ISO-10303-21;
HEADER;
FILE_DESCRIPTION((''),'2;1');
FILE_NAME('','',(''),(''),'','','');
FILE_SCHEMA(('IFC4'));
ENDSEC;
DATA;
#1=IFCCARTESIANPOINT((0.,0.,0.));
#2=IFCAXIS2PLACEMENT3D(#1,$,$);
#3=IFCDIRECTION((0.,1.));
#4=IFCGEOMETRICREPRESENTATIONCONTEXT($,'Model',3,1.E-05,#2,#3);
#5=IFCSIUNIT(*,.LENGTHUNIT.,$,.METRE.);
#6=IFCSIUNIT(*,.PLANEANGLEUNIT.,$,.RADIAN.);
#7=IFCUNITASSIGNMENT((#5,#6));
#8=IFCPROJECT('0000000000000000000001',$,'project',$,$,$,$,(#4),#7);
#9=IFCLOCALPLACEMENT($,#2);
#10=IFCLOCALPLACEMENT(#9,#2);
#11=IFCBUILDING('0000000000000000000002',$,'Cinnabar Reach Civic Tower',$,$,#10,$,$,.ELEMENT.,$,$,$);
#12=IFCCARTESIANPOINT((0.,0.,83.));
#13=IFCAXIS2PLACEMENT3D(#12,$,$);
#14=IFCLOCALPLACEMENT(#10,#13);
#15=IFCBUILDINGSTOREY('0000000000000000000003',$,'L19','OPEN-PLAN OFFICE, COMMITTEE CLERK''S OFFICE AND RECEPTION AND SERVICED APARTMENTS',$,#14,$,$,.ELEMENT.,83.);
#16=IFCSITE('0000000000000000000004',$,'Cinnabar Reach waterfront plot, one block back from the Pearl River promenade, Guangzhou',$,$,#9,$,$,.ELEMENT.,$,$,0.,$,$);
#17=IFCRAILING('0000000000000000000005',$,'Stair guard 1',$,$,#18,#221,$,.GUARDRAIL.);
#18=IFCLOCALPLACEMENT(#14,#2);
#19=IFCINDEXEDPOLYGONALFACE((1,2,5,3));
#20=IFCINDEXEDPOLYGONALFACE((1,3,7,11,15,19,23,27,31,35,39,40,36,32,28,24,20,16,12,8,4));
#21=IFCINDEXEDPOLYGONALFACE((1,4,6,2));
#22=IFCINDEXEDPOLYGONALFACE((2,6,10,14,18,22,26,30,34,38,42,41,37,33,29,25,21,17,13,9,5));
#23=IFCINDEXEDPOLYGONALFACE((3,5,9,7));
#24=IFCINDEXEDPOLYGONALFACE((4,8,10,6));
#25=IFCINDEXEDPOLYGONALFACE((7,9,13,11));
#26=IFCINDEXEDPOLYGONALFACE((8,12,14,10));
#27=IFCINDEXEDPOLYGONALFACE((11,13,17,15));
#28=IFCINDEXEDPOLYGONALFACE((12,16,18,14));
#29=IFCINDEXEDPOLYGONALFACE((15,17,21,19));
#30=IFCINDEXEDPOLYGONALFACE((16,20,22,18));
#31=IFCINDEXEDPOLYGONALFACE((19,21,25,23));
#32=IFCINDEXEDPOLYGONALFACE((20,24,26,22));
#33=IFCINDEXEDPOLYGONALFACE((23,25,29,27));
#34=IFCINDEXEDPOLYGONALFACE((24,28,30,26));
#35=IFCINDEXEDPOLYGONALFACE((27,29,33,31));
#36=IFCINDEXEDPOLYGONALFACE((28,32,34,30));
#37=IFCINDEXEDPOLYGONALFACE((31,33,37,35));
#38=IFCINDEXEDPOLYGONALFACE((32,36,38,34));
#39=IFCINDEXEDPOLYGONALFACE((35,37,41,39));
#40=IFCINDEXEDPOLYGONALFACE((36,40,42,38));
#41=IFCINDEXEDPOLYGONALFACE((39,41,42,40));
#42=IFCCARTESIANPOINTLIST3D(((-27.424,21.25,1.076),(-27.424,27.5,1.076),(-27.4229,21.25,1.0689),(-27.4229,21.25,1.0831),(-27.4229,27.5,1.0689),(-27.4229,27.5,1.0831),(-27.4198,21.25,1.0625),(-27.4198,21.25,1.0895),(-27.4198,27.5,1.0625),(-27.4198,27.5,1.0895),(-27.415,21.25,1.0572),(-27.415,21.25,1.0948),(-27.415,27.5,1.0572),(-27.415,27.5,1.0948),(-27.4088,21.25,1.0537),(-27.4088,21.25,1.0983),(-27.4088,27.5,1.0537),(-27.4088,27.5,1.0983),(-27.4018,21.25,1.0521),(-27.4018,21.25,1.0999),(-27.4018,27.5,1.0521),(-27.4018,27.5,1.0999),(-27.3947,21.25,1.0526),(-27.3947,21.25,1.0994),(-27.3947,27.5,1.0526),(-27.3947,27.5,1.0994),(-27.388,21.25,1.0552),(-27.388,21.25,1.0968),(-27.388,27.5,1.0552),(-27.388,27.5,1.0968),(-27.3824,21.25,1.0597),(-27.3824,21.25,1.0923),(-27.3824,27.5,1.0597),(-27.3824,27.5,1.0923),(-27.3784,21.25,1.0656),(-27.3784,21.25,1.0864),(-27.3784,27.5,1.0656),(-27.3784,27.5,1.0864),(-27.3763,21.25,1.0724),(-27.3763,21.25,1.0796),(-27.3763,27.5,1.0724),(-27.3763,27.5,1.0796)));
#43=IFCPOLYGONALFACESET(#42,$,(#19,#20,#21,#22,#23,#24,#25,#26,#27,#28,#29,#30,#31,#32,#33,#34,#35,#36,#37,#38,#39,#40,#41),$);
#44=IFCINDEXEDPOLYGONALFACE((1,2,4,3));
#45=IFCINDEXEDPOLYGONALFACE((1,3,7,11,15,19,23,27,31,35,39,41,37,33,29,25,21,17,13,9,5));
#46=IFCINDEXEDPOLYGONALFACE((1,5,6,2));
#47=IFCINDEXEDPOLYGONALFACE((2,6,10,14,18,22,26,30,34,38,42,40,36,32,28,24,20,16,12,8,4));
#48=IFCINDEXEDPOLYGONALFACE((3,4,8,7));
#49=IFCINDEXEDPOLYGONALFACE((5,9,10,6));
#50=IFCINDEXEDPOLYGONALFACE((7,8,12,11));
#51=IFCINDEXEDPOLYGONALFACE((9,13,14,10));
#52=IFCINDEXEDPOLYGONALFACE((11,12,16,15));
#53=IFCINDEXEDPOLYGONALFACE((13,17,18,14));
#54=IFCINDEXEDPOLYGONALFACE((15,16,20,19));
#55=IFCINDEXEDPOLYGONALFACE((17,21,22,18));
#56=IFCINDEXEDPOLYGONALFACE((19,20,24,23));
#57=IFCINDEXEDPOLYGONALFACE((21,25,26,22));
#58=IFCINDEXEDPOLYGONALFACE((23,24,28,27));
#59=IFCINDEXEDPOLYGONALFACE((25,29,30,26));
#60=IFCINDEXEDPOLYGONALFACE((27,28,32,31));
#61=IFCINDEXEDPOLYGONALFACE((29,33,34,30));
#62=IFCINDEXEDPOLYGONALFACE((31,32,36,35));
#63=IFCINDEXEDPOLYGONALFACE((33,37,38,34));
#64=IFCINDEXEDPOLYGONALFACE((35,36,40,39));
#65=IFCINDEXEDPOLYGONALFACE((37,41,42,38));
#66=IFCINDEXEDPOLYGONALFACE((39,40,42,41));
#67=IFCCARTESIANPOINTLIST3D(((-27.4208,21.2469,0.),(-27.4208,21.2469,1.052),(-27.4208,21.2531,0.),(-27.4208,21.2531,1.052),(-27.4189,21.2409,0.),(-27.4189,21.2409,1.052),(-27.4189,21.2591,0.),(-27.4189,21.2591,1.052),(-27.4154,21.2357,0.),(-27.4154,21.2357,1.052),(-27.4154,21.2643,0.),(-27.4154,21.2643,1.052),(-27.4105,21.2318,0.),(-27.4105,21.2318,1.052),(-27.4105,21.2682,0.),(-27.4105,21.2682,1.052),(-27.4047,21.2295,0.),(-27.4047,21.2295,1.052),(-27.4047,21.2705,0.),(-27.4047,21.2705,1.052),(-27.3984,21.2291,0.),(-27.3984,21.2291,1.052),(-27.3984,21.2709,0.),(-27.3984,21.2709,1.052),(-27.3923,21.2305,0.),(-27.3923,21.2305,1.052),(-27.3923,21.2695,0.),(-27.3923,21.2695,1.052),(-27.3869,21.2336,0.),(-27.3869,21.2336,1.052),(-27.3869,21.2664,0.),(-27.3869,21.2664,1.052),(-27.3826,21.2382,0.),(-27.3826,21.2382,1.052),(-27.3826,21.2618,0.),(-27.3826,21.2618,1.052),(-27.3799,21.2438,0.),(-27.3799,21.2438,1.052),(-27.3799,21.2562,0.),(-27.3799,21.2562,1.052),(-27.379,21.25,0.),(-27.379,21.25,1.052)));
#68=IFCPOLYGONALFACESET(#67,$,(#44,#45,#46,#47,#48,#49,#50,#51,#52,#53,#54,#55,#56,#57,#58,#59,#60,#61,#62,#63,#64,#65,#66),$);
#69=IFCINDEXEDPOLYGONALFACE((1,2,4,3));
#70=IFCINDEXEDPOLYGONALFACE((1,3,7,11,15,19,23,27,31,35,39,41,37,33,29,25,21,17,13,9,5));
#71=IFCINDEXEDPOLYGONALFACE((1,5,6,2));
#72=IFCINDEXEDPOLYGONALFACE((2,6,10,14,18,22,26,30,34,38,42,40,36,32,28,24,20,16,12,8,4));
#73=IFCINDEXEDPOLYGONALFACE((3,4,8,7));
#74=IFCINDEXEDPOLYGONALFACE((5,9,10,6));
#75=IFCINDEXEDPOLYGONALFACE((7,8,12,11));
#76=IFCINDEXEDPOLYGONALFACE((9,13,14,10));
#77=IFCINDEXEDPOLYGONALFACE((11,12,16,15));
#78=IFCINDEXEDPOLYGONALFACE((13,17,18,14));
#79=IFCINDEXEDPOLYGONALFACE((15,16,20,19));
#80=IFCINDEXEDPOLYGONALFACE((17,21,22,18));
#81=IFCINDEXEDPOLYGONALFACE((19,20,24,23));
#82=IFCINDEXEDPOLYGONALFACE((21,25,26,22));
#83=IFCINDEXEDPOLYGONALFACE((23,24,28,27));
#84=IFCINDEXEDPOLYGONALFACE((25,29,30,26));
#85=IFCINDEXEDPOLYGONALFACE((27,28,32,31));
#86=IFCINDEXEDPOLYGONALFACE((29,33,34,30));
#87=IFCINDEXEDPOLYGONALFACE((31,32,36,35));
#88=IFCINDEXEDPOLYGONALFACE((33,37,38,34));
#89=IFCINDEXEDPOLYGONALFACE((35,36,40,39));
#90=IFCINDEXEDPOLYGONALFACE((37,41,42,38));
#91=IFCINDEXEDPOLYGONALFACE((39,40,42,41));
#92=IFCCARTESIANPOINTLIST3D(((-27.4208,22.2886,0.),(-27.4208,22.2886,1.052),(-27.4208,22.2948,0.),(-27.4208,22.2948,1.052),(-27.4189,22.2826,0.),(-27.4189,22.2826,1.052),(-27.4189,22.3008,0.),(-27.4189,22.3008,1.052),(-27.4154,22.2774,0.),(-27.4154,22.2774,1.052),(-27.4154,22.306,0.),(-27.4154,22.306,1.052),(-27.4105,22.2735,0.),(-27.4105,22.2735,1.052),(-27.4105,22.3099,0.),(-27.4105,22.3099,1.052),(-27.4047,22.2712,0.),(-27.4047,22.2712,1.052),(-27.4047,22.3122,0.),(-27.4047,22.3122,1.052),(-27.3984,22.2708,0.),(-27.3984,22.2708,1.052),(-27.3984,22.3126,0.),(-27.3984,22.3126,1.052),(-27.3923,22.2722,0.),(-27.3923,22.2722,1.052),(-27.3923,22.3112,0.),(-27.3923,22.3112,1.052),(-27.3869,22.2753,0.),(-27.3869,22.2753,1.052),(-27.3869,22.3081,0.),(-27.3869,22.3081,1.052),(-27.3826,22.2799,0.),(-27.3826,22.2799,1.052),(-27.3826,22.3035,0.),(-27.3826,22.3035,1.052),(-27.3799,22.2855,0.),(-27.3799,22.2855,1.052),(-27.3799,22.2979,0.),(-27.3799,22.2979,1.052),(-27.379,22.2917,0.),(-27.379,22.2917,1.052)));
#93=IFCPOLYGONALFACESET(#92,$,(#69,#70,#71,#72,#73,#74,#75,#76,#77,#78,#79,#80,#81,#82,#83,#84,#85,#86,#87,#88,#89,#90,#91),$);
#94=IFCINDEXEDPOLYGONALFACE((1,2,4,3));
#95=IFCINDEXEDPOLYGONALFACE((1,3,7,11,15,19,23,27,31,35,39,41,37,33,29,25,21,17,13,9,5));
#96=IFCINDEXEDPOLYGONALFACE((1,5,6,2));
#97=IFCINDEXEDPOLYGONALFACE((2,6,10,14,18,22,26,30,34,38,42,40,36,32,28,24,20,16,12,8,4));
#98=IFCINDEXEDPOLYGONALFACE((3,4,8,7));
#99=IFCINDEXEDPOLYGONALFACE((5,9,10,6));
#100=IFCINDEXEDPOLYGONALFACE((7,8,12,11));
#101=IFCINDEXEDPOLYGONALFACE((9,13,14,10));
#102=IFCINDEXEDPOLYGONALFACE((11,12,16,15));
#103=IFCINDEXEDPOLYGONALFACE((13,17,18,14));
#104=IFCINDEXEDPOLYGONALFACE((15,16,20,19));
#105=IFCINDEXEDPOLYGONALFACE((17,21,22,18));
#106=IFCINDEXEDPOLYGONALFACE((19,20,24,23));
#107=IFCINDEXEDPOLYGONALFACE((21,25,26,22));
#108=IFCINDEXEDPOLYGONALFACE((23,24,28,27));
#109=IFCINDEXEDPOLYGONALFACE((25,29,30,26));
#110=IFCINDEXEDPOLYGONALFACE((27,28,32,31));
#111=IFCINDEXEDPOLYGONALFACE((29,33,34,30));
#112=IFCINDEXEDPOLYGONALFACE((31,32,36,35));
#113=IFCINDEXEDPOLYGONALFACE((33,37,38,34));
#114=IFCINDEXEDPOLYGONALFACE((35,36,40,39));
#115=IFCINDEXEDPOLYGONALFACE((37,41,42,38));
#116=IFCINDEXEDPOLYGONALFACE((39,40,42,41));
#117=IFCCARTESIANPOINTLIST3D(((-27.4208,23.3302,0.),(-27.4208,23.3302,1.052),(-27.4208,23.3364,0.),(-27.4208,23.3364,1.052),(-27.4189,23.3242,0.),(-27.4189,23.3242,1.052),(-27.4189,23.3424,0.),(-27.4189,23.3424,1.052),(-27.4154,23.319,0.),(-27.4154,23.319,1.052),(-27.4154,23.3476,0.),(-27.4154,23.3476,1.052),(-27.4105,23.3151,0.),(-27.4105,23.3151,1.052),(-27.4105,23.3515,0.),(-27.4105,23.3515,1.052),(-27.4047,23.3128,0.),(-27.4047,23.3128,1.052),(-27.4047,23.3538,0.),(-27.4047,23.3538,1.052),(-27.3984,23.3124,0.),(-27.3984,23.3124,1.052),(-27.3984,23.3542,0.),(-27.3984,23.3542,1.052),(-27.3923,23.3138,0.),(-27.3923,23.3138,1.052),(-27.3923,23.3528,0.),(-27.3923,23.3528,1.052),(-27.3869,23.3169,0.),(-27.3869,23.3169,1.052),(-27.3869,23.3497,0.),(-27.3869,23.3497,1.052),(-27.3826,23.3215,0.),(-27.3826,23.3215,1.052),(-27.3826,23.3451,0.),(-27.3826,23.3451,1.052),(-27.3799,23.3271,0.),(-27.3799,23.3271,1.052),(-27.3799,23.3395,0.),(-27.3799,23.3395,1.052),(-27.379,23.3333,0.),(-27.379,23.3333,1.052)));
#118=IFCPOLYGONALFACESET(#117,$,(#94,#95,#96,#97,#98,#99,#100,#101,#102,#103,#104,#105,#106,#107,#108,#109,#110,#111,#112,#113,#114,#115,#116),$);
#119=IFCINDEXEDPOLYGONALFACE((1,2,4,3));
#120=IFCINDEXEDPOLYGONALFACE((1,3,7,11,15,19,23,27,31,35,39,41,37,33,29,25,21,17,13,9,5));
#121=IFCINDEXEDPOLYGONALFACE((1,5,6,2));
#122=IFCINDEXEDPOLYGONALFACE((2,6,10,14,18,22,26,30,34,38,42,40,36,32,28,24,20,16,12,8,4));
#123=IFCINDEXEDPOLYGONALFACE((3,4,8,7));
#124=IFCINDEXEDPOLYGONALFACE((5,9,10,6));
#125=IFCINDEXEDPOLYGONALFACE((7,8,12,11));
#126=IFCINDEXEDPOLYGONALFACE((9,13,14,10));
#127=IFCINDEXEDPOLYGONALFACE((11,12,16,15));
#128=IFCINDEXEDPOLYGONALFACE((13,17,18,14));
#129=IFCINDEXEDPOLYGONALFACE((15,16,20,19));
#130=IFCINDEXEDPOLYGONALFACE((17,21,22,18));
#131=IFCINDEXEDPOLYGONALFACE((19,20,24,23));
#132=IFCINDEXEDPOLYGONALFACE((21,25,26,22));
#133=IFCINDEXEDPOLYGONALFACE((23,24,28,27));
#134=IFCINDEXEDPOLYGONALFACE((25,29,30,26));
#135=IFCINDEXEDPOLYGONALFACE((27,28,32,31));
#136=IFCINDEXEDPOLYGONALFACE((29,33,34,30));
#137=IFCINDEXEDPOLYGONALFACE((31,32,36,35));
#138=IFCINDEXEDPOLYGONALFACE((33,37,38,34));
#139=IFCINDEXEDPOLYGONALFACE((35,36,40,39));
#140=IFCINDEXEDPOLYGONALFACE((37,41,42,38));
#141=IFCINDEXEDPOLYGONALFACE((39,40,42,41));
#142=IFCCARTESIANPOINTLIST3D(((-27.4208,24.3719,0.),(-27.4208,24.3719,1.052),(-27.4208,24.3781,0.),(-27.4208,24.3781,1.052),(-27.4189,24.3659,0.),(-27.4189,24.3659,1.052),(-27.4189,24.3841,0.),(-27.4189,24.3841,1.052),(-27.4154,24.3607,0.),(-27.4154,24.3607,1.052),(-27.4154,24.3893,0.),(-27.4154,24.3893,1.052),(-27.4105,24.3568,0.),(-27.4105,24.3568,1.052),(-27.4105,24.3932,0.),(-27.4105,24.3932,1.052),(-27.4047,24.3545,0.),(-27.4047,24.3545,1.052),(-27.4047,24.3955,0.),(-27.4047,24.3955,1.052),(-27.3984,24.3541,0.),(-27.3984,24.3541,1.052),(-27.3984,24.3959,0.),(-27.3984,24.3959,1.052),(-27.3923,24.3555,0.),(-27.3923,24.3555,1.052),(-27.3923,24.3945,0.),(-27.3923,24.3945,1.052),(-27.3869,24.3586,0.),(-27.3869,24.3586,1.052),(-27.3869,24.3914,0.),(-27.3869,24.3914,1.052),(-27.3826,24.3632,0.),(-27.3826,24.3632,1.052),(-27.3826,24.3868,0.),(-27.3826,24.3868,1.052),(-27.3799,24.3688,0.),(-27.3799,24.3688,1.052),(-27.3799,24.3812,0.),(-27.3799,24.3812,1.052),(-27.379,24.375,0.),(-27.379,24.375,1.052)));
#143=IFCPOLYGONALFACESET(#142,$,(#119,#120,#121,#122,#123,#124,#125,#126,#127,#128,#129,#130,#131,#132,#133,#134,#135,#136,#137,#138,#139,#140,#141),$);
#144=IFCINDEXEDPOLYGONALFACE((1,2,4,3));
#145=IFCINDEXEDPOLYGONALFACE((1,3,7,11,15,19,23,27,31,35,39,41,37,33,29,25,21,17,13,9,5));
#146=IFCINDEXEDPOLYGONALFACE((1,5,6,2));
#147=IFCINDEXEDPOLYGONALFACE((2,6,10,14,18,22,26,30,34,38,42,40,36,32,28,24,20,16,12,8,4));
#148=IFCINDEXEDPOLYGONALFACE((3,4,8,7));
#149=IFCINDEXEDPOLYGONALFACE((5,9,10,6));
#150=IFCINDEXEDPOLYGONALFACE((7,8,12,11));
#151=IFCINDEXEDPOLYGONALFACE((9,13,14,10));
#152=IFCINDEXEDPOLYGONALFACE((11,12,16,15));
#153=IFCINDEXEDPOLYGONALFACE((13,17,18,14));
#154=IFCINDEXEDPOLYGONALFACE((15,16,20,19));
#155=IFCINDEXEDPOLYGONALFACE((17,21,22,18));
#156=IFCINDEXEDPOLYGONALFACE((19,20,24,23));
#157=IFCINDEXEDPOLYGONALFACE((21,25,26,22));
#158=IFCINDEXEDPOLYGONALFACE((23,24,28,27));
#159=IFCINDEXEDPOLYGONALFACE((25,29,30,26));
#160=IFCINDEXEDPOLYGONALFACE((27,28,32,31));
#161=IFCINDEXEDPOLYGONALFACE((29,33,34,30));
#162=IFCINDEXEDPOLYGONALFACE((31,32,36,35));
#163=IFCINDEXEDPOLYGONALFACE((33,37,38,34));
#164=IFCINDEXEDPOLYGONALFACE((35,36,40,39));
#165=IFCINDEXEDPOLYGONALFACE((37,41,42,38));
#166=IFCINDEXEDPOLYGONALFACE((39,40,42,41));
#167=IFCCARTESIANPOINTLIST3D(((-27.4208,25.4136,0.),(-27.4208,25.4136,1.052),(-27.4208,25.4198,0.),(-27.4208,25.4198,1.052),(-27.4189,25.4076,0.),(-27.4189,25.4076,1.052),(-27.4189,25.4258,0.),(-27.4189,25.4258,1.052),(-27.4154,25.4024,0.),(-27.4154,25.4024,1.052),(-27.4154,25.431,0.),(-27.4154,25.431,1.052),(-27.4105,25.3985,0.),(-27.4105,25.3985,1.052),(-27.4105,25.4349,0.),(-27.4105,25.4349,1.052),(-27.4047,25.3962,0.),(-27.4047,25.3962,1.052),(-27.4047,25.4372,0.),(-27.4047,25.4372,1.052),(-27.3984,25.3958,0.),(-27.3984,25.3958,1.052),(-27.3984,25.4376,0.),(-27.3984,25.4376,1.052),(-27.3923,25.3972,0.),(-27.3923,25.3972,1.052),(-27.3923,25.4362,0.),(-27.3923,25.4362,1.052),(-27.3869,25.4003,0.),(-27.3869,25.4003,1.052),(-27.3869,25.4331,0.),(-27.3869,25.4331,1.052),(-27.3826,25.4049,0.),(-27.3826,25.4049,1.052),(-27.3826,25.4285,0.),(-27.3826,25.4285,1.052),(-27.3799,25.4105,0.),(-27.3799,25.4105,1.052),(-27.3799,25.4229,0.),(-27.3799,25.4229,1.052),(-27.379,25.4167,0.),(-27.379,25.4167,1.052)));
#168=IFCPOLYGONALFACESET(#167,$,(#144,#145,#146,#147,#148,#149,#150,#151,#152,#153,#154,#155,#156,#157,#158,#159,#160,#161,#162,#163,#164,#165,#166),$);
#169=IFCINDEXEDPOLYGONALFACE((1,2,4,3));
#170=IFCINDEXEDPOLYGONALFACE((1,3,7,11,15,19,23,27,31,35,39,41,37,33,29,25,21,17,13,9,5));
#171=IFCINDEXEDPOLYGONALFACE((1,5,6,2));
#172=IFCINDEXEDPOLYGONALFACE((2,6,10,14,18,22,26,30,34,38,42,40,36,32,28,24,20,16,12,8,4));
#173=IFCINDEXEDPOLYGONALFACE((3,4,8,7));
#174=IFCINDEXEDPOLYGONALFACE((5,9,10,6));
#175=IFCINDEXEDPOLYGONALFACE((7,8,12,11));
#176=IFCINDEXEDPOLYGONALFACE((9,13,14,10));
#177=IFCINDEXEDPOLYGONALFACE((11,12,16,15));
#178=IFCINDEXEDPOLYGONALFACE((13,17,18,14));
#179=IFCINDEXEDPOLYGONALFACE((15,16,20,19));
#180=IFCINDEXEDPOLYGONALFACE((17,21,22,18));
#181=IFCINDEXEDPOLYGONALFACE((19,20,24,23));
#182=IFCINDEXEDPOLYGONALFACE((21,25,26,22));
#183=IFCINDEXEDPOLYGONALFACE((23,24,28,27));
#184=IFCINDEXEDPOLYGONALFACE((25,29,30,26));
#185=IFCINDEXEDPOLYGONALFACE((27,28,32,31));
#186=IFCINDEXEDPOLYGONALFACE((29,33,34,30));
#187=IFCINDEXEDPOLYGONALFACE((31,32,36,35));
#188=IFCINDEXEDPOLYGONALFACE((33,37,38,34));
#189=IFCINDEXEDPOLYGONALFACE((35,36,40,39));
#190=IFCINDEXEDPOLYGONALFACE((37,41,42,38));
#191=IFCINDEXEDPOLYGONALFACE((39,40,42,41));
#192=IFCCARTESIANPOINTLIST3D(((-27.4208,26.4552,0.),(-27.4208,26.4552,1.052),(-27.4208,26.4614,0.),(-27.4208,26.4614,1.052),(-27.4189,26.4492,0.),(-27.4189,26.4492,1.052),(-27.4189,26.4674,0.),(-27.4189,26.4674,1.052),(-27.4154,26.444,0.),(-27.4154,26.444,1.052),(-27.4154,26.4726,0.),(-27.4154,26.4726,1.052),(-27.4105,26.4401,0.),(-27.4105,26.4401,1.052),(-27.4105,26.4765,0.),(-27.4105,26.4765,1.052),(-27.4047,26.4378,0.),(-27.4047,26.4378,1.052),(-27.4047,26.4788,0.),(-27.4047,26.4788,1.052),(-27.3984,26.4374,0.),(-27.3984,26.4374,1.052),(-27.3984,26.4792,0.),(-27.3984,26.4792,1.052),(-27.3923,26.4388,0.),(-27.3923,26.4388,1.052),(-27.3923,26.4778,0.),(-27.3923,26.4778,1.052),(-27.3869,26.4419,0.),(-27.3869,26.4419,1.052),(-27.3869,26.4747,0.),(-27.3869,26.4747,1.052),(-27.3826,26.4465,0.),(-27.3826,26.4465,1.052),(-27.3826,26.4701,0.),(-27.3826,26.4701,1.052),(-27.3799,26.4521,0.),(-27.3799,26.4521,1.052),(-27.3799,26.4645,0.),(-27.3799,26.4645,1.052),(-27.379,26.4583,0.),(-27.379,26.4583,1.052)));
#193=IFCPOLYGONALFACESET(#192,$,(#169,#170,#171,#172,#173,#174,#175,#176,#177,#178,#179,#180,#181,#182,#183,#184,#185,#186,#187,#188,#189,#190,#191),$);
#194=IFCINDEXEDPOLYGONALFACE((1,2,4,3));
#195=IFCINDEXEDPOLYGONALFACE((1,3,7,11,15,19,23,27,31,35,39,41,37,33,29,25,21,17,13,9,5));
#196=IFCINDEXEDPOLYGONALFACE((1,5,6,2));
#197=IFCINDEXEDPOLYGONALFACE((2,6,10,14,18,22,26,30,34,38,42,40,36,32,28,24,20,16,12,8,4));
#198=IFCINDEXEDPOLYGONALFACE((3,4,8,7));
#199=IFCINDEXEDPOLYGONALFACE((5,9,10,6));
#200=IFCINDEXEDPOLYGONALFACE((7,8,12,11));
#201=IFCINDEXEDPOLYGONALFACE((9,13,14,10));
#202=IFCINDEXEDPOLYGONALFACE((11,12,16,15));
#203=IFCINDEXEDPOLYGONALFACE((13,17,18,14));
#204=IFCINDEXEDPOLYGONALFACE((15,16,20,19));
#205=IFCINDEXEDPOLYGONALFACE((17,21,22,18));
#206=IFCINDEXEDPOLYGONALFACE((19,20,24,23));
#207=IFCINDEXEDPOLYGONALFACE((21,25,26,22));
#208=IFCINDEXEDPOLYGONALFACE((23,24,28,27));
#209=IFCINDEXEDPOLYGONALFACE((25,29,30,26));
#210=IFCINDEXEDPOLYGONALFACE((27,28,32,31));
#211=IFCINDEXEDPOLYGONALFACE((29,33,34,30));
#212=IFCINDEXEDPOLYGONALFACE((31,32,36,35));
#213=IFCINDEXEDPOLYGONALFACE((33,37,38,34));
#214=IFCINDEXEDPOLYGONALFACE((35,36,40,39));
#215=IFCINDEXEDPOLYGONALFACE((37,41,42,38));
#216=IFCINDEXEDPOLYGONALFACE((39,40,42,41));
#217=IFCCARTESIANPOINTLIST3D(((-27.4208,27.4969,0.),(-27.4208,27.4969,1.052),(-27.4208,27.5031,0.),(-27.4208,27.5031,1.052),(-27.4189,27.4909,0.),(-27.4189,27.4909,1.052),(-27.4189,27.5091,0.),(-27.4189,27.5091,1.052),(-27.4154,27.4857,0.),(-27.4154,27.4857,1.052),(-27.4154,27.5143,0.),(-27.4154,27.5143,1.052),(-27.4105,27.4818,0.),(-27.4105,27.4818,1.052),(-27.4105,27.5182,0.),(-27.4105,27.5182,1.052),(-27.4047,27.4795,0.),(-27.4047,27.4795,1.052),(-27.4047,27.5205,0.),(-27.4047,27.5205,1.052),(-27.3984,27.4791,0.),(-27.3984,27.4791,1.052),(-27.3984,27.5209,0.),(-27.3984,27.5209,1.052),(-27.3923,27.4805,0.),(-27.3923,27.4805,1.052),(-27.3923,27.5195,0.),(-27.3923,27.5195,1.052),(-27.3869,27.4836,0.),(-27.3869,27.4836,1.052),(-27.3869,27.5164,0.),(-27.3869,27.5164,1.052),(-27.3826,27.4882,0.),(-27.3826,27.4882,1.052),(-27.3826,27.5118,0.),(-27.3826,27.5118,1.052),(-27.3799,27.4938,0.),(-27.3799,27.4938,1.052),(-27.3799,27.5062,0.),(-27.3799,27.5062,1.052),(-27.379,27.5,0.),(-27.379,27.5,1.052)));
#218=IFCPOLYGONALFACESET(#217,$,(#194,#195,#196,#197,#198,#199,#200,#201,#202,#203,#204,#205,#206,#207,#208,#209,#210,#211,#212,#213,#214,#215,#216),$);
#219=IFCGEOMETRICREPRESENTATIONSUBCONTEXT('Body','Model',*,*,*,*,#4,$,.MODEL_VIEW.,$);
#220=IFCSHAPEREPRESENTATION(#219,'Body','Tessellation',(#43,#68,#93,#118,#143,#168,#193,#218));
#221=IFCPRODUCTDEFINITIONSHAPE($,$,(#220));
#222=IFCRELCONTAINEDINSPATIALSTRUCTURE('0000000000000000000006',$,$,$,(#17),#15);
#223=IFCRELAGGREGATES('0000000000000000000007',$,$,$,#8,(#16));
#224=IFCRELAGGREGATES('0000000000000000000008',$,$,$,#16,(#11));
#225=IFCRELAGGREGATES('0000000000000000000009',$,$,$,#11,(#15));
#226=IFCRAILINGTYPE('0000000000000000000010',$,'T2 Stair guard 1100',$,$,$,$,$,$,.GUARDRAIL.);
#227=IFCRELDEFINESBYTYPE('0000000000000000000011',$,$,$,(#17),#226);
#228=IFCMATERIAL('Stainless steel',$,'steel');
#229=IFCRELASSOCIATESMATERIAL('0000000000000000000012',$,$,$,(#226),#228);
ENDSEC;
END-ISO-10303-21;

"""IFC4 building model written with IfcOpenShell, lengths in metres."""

from ifc_helpers import new_model, si_unit, direction, frame, origin, origin_2d, place, context, subcontext, project, spatial, circle, extrude, material, type_object, element, save


model = new_model("IFC4")

# Units and contexts
model_context = context("Model", 3, precision=1e-05, world=origin(), true_north=direction((0.0, 1.0)))
body_context = subcontext(model_context, "Body", "Model", "MODEL_VIEW")
ifc_project = project(units=[si_unit("LENGTHUNIT", "METRE"), si_unit("PLANEANGLEUNIT", "RADIAN")], contexts=[model_context])

# Site, building, storey
site_placement = place(None, origin())
site = spatial("IfcSite", under=ifc_project, at=site_placement, Name="Cinnabar Reach waterfront plot, one block back from the Pearl River promenade, Guangzhou", CompositionType="ELEMENT", RefElevation=0.0)
building_placement = place(site_placement, origin())
building = spatial("IfcBuilding", under=site, at=building_placement, Name="Cinnabar Reach Civic Tower", CompositionType="ELEMENT")
storey_placement = place(building_placement, frame((0.0, 0.0, 83.0)))
storey = spatial("IfcBuildingStorey", under=building, at=storey_placement, Name="L19", Description="OPEN-PLAN OFFICE, COMMITTEE CLERK'S OFFICE AND RECEPTION AND SERVICED APARTMENTS", CompositionType="ELEMENT", Elevation=83.0)

# Railing
ifc_material_1 = material(Name="Stainless steel", Category="steel")
railing_type = type_object("IfcRailingType", Name="T2 Stair guard 1100", PredefinedType="GUARDRAIL", material=ifc_material_1)
for number, where, name in (
    (1, (-27.4, 21.25, 0.0), "Stair guard 1"),
):
    element("IfcRailing", number, at=place(storey_placement, frame(where)), inside=storey, type_object=railing_type, Name=name, PredefinedType="GUARDRAIL", context=body_context, shape_type="SweptSolid", body=[
        extrude(circle(Radius=0.024, at=origin_2d()), frame((0.0, 0.0, 1.076), z_axis=(0.0, 1.0, 0.0), x_axis=(-1.0, 0.0, 0.0)), (0.0, 0.0, 1.0), 6.25),
        extrude(circle(Radius=0.021, at=origin_2d()), origin(), (0.0, 0.0, 1.0), 1.052),
        extrude(circle(Radius=0.021, at=origin_2d()), frame((0.0, 1.0417, 0.0)), (0.0, 0.0, 1.0), 1.052),
        extrude(circle(Radius=0.021, at=origin_2d()), frame((0.0, 2.0833, 0.0)), (0.0, 0.0, 1.0), 1.052),
        extrude(circle(Radius=0.021, at=origin_2d()), frame((0.0, 3.125, 0.0)), (0.0, 0.0, 1.0), 1.052),
        extrude(circle(Radius=0.021, at=origin_2d()), frame((0.0, 4.1667, 0.0)), (0.0, 0.0, 1.0), 1.052),
        extrude(circle(Radius=0.021, at=origin_2d()), frame((0.0, 5.2083, 0.0)), (0.0, 0.0, 1.0), 1.052),
        extrude(circle(Radius=0.021, at=origin_2d()), frame((0.0, 6.25, 0.0)), (0.0, 0.0, 1.0), 1.052),
    ])

save(model, "model.ifc")
